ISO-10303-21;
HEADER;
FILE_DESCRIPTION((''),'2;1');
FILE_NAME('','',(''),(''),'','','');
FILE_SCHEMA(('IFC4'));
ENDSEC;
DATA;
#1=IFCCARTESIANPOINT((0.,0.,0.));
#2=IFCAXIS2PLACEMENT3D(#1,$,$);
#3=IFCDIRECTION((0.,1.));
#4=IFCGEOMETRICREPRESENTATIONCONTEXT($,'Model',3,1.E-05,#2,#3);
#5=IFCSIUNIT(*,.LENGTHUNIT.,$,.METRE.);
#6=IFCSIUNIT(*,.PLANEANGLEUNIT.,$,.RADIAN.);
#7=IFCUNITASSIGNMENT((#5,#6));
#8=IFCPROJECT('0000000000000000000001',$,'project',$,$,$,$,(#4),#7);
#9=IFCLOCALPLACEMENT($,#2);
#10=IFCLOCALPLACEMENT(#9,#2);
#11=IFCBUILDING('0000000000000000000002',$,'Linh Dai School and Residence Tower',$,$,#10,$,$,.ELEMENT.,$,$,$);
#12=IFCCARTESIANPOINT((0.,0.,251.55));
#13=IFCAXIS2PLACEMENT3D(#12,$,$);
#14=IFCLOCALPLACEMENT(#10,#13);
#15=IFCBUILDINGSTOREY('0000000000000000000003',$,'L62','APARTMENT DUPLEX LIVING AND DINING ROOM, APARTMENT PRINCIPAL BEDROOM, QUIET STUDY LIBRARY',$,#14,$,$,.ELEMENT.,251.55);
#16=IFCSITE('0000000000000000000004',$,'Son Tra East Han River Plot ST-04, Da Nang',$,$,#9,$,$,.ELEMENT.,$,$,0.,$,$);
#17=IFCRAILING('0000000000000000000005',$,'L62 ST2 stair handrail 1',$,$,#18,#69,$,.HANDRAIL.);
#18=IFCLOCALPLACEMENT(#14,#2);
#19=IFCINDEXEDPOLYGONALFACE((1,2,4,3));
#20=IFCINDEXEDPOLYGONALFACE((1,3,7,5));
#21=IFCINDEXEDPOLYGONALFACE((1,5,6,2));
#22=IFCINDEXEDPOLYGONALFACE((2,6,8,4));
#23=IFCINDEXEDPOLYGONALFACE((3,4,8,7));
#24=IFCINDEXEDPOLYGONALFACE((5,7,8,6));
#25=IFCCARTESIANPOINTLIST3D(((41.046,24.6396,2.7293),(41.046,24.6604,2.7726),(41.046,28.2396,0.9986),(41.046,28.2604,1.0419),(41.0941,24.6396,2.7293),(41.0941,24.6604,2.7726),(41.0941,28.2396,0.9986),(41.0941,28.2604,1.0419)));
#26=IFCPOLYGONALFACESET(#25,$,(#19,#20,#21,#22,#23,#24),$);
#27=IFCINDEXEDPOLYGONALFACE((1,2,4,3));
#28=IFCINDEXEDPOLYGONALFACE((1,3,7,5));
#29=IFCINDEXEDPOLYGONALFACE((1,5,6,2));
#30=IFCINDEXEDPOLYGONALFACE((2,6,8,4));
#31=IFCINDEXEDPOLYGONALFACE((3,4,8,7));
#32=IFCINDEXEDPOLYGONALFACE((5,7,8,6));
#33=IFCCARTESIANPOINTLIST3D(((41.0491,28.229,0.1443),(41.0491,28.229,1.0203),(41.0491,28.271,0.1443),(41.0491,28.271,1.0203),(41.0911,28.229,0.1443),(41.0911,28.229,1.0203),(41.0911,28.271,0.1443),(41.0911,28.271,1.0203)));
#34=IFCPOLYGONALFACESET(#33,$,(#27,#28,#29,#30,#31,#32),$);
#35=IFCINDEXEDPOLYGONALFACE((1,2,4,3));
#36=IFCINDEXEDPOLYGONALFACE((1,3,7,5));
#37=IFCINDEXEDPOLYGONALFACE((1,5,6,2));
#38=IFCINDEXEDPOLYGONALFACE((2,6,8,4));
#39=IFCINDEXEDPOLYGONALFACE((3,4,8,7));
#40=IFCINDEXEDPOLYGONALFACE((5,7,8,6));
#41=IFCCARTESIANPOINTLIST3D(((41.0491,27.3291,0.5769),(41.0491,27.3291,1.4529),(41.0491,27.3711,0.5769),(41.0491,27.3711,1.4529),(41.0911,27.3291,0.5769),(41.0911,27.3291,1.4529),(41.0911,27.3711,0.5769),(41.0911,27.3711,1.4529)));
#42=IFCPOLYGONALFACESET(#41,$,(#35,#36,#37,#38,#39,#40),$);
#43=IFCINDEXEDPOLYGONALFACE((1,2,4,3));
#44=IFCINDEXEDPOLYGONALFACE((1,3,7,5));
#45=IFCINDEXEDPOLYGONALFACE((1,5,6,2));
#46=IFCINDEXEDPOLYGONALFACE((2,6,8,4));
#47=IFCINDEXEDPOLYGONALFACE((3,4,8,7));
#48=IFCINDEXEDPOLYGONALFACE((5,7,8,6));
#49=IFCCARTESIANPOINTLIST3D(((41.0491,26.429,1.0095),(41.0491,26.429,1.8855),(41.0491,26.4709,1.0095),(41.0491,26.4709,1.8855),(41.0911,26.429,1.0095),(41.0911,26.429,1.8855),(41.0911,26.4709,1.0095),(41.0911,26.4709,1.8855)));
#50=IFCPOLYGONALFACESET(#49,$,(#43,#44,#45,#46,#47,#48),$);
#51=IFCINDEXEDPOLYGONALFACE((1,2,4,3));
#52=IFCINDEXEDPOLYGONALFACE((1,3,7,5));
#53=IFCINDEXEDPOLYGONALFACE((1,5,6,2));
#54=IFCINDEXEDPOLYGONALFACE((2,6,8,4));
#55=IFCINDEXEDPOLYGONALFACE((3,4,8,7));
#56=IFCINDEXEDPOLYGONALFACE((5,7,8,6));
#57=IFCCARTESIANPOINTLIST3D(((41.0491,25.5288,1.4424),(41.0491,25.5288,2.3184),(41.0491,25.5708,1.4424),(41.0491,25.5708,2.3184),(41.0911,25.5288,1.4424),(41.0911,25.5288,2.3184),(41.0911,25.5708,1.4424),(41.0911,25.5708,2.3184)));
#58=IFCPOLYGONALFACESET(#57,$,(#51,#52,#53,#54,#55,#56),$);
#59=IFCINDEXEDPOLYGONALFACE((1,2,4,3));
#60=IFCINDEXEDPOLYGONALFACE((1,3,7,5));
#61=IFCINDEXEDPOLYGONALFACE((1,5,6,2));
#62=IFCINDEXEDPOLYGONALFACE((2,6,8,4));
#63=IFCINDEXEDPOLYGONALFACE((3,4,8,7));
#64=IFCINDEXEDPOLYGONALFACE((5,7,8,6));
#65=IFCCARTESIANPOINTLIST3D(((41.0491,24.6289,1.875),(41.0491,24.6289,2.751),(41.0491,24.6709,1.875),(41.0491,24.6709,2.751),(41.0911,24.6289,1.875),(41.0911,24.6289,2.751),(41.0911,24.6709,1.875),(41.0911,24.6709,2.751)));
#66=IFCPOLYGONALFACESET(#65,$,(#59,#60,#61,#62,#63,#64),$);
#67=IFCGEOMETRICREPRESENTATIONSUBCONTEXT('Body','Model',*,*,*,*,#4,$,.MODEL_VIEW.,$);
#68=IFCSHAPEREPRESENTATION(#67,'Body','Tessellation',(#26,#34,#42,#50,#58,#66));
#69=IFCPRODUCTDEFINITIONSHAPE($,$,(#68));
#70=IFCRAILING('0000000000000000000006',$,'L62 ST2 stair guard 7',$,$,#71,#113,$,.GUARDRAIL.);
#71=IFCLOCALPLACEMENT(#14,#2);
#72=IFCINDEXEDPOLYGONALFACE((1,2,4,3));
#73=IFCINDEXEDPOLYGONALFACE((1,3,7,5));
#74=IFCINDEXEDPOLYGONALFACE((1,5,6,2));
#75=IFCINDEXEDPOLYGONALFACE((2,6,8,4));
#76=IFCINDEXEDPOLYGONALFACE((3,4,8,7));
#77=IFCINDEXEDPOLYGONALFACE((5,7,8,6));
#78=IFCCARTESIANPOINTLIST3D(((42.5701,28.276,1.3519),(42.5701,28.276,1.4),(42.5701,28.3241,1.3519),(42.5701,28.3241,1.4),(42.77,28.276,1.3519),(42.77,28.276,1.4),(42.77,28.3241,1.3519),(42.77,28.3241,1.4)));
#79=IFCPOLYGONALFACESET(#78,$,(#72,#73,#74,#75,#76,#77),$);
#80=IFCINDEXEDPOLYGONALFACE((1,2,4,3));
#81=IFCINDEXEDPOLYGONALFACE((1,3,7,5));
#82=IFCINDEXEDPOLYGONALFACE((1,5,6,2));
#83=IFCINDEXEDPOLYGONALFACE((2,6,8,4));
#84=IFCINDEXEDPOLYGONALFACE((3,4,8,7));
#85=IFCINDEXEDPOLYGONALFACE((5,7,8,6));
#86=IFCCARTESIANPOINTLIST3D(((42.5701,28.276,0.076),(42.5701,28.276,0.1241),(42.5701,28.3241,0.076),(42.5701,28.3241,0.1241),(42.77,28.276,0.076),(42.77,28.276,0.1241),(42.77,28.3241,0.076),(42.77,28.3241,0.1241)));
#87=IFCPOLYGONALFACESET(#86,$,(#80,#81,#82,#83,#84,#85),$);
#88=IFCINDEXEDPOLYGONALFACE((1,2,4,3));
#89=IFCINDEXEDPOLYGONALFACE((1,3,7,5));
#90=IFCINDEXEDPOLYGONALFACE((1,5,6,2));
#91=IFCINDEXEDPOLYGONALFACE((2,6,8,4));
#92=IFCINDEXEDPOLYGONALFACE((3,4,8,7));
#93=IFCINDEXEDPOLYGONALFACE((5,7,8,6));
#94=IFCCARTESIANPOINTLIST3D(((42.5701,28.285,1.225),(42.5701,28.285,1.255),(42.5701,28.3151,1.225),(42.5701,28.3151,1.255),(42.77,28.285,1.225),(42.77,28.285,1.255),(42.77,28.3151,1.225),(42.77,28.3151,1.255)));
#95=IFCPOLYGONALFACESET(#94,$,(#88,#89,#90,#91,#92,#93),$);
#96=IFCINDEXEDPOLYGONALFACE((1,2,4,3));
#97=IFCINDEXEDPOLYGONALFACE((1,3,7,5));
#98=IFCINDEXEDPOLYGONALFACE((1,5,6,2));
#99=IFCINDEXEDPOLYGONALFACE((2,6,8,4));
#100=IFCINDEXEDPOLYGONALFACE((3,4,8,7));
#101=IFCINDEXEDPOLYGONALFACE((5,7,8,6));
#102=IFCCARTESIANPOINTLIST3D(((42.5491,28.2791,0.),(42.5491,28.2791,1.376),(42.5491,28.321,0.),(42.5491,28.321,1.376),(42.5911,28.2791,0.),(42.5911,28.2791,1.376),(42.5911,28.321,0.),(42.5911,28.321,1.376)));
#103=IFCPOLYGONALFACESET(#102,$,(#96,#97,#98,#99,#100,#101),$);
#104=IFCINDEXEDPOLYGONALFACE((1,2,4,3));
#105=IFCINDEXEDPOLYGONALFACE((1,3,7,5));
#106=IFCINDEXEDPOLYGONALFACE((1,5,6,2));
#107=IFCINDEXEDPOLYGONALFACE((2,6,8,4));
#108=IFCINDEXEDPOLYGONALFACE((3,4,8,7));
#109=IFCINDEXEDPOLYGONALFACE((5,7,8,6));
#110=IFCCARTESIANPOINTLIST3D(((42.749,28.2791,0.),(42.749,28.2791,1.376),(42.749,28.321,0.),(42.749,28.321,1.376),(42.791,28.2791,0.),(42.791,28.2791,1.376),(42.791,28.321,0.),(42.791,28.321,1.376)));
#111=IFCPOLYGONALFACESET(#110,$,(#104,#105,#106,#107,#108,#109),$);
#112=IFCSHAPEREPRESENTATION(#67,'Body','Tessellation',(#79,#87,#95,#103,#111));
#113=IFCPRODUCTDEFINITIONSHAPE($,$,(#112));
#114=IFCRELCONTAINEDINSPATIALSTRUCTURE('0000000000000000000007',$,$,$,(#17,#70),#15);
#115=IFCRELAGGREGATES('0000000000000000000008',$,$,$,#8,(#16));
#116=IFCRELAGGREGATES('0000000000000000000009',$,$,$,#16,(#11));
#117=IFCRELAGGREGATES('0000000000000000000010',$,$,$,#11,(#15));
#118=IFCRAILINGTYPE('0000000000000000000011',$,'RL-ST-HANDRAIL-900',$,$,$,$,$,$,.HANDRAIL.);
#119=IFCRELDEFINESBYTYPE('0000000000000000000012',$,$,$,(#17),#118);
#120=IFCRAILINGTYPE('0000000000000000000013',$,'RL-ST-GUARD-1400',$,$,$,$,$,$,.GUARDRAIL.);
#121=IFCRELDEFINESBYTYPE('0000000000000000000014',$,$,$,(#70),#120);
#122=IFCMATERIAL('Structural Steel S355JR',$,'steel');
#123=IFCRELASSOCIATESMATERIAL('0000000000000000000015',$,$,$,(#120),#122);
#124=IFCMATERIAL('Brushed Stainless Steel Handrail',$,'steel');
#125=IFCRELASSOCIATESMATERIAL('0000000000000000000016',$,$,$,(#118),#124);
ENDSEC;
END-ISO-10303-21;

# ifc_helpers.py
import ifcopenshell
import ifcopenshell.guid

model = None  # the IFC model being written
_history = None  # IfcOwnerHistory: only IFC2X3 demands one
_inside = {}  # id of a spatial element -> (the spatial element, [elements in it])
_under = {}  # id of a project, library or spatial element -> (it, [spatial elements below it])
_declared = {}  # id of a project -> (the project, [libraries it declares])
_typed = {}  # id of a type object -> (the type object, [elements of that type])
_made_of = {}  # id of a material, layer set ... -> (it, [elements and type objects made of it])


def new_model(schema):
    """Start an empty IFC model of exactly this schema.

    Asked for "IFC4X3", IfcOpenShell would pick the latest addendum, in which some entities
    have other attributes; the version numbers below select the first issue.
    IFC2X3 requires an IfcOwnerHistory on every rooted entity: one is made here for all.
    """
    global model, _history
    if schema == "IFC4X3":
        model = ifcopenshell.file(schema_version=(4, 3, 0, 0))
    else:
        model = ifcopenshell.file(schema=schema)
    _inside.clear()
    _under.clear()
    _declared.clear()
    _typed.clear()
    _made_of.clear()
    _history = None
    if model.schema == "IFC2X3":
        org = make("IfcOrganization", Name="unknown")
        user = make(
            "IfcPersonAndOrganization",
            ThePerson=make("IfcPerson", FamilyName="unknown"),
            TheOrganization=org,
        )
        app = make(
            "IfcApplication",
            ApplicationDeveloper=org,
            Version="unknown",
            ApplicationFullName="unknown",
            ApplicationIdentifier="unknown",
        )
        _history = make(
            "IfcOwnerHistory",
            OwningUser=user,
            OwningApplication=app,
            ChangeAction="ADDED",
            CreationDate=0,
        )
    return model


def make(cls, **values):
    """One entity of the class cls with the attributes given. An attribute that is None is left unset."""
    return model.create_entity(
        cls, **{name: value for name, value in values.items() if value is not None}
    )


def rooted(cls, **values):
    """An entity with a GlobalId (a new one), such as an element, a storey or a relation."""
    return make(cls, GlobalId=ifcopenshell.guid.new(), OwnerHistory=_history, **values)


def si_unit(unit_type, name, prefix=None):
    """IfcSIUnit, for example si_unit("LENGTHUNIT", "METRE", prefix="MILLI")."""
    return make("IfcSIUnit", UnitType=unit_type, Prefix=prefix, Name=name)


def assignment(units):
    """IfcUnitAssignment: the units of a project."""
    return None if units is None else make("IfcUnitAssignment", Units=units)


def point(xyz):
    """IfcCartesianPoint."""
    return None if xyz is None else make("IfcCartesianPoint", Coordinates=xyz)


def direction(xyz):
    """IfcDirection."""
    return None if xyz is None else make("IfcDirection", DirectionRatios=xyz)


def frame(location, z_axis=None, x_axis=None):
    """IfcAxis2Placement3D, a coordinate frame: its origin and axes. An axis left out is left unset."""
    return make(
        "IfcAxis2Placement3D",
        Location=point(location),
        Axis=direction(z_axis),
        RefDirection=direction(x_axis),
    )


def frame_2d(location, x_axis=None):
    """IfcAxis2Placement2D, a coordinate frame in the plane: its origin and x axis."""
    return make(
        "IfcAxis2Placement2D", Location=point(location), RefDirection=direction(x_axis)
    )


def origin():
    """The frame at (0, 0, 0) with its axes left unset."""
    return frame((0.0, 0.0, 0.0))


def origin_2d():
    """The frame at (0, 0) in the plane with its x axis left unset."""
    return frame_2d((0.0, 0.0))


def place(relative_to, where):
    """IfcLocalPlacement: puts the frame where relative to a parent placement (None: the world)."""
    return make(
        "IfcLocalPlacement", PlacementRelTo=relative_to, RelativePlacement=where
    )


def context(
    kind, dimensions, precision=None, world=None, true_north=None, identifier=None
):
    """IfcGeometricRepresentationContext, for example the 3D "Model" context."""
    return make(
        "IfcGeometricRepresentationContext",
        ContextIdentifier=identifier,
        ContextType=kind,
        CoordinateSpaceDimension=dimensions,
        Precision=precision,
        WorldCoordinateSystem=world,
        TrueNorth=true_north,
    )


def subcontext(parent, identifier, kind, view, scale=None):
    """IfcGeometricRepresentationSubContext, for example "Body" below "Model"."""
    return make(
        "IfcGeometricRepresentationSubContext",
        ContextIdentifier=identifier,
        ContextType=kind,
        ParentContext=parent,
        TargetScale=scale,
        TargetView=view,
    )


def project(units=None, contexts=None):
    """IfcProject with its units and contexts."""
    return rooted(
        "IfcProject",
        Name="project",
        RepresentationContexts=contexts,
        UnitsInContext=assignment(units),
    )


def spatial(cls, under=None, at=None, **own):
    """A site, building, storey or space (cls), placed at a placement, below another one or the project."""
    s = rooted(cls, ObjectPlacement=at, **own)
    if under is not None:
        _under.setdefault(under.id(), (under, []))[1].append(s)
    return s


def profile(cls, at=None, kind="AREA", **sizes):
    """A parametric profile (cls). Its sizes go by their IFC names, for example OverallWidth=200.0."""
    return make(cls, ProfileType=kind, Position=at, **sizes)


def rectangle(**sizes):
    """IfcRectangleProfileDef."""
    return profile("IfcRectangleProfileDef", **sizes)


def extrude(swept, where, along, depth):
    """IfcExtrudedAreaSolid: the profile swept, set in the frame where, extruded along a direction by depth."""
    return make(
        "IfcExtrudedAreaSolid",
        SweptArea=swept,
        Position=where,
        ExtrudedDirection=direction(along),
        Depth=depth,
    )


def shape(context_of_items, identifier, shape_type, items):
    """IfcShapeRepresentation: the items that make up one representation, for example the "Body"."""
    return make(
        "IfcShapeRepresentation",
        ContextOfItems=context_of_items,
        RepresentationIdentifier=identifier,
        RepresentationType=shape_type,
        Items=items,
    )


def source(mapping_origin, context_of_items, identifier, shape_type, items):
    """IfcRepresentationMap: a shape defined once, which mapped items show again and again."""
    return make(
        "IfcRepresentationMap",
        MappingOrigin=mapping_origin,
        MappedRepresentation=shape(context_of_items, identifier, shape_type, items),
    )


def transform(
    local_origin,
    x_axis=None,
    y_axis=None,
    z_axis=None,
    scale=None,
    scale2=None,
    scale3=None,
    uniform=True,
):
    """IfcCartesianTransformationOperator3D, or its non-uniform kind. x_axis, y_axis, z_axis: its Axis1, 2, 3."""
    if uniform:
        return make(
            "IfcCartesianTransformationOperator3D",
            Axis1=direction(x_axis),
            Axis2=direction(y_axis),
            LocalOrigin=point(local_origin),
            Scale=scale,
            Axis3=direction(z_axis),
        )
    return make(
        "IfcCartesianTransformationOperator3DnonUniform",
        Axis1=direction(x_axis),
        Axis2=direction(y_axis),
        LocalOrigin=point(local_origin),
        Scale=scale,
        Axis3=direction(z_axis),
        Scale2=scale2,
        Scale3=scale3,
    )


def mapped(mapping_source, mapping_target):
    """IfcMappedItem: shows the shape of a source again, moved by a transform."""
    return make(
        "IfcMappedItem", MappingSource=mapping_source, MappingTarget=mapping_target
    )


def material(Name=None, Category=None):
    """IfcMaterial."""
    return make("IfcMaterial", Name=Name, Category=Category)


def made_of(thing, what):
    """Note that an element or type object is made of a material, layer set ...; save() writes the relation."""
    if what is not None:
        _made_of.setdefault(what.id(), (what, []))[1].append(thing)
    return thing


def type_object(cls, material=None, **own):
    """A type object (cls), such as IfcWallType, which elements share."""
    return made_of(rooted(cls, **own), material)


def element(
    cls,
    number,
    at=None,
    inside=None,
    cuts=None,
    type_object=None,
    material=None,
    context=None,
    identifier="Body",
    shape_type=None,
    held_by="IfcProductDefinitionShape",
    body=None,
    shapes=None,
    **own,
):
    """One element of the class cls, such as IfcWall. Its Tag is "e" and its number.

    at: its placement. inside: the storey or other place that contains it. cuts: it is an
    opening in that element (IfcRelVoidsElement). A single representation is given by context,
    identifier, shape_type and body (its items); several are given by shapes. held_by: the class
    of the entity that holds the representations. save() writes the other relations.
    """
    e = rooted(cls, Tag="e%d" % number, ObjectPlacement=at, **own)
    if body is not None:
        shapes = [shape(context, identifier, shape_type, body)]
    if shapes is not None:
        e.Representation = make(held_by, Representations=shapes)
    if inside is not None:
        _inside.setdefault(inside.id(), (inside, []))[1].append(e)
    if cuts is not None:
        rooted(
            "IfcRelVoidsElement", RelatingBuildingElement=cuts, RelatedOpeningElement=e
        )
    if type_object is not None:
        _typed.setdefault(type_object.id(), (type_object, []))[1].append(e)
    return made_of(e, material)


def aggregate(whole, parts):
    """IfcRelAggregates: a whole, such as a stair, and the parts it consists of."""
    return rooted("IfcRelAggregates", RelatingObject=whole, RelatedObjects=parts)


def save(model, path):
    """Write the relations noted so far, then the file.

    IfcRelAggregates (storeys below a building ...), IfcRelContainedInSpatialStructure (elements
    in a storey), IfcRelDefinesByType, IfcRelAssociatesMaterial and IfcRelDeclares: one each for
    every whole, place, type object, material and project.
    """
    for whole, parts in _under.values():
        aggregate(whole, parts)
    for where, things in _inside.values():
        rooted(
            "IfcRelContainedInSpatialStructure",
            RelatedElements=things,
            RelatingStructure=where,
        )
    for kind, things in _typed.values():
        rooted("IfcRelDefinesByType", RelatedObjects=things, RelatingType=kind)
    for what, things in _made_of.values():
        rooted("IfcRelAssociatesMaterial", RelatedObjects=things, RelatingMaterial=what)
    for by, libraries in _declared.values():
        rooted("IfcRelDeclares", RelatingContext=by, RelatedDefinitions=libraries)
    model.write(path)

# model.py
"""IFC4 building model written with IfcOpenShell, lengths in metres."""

from ifc_helpers import new_model, si_unit, direction, frame, origin, origin_2d, place, context, subcontext, project, spatial, rectangle, extrude, source, transform, mapped, material, type_object, element, save


model = new_model("IFC4")

# Units and contexts
model_context = context("Model", 3, precision=1e-05, world=origin(), true_north=direction((0.0, 1.0)))
body_context = subcontext(model_context, "Body", "Model", "MODEL_VIEW")
ifc_project = project(units=[si_unit("LENGTHUNIT", "METRE"), si_unit("PLANEANGLEUNIT", "RADIAN")], contexts=[model_context])

# Site, building, storey
site_placement = place(None, origin())
site = spatial("IfcSite", under=ifc_project, at=site_placement, Name="Son Tra East Han River Plot ST-04, Da Nang", CompositionType="ELEMENT", RefElevation=0.0)
building_placement = place(site_placement, origin())
building = spatial("IfcBuilding", under=site, at=building_placement, Name="Linh Dai School and Residence Tower", CompositionType="ELEMENT")
storey_placement = place(building_placement, frame((0.0, 0.0, 251.55)))
storey = spatial("IfcBuildingStorey", under=building, at=storey_placement, Name="L62", Description="APARTMENT DUPLEX LIVING AND DINING ROOM, APARTMENT PRINCIPAL BEDROOM, QUIET STUDY LIBRARY", CompositionType="ELEMENT", Elevation=251.55)

# Shared definitions
ifc_material_1 = material(Name="Structural Steel S355JR", Category="steel")

# Railings
railing_type_1 = type_object("IfcRailingType", Name="RL-ST-GUARD-1400", PredefinedType="GUARDRAIL", material=ifc_material_1)
ifc_material_2 = material(Name="Brushed Stainless Steel Handrail", Category="steel")
railing_type_2 = type_object("IfcRailingType", Name="RL-ST-HANDRAIL-900", PredefinedType="HANDRAIL", material=ifc_material_2)
shared_shape_1 = source(origin(), body_context, "Body", "SweptSolid", [
    extrude(rectangle(XDim=0.0481, YDim=0.0481, at=origin_2d()), frame((0.0, 0.0, 0.876), z_axis=(0.0, -0.901263, 0.433273), x_axis=(1.0, 0.0, 0.0)), (0.0, 0.0, 1.0), 3.9944),
    extrude(rectangle(XDim=0.042, YDim=0.042, at=origin_2d()), origin(), (0.0, 0.0, 1.0), 0.876),
    extrude(rectangle(XDim=0.042, YDim=0.042, at=origin_2d()), frame((0.0, -0.8999, 0.4326)), (0.0, 0.0, 1.0), 0.876),
    extrude(rectangle(XDim=0.042, YDim=0.042, at=origin_2d()), frame((0.0, -1.8, 0.8652)), (0.0, 0.0, 1.0), 0.876),
    extrude(rectangle(XDim=0.042, YDim=0.042, at=origin_2d()), frame((0.0, -2.7002, 1.2981)), (0.0, 0.0, 1.0), 0.876),
    extrude(rectangle(XDim=0.042, YDim=0.042, at=origin_2d()), frame((0.0, -3.6001, 1.7307)), (0.0, 0.0, 1.0), 0.876),
])
railing_1_placement = place(storey_placement, frame((41.0701, 28.25, 0.1443)))
element("IfcRailing", 1, at=railing_1_placement, inside=storey, type_object=railing_type_2, Name="L62 ST2 stair handrail 1", PredefinedType="HANDRAIL", context=body_context, shape_type="MappedRepresentation", body=[
    mapped(shared_shape_1, transform((0.0, 0.0, 0.0), x_axis=(1.0, 0.0, 0.0), y_axis=(0.0, 1.0, 0.0), z_axis=(0.0, 0.0, 1.0), scale=1.0)),
])
shared_shape_2 = source(origin(), body_context, "Body", "SweptSolid", [
    extrude(rectangle(XDim=0.0481, YDim=0.0481, at=origin_2d()), frame((0.0, 0.0, 1.376), z_axis=(1.0, 0.0, 0.0), x_axis=(0.0, 1.0, 0.0)), (0.0, 0.0, 1.0), 0.2),
    extrude(rectangle(XDim=0.0481, YDim=0.0481, at=origin_2d()), frame((0.0, 0.0, 0.1001), z_axis=(1.0, 0.0, 0.0), x_axis=(0.0, 1.0, 0.0)), (0.0, 0.0, 1.0), 0.2),
    extrude(rectangle(XDim=0.03, YDim=0.03, at=origin_2d()), frame((0.0, 0.0, 1.24), z_axis=(1.0, 0.0, 0.0), x_axis=(0.0, 1.0, 0.0)), (0.0, 0.0, 1.0), 0.2),
    extrude(rectangle(XDim=0.042, YDim=0.042, at=origin_2d()), origin(), (0.0, 0.0, 1.0), 1.376),
    extrude(rectangle(XDim=0.042, YDim=0.042, at=origin_2d()), frame((0.2, 0.0, 0.0)), (0.0, 0.0, 1.0), 1.376),
])
railing_2_placement = place(storey_placement, frame((42.5701, 28.3, 0.0)))
element("IfcRailing", 2, at=railing_2_placement, inside=storey, type_object=railing_type_1, Name="L62 ST2 stair guard 7", PredefinedType="GUARDRAIL", context=body_context, shape_type="MappedRepresentation", body=[
    mapped(shared_shape_2, transform((0.0, 0.0, 0.0), x_axis=(1.0, 0.0, 0.0), y_axis=(0.0, 1.0, 0.0), z_axis=(0.0, 0.0, 1.0), scale=1.0)),
])

save(model, "model.ifc")
